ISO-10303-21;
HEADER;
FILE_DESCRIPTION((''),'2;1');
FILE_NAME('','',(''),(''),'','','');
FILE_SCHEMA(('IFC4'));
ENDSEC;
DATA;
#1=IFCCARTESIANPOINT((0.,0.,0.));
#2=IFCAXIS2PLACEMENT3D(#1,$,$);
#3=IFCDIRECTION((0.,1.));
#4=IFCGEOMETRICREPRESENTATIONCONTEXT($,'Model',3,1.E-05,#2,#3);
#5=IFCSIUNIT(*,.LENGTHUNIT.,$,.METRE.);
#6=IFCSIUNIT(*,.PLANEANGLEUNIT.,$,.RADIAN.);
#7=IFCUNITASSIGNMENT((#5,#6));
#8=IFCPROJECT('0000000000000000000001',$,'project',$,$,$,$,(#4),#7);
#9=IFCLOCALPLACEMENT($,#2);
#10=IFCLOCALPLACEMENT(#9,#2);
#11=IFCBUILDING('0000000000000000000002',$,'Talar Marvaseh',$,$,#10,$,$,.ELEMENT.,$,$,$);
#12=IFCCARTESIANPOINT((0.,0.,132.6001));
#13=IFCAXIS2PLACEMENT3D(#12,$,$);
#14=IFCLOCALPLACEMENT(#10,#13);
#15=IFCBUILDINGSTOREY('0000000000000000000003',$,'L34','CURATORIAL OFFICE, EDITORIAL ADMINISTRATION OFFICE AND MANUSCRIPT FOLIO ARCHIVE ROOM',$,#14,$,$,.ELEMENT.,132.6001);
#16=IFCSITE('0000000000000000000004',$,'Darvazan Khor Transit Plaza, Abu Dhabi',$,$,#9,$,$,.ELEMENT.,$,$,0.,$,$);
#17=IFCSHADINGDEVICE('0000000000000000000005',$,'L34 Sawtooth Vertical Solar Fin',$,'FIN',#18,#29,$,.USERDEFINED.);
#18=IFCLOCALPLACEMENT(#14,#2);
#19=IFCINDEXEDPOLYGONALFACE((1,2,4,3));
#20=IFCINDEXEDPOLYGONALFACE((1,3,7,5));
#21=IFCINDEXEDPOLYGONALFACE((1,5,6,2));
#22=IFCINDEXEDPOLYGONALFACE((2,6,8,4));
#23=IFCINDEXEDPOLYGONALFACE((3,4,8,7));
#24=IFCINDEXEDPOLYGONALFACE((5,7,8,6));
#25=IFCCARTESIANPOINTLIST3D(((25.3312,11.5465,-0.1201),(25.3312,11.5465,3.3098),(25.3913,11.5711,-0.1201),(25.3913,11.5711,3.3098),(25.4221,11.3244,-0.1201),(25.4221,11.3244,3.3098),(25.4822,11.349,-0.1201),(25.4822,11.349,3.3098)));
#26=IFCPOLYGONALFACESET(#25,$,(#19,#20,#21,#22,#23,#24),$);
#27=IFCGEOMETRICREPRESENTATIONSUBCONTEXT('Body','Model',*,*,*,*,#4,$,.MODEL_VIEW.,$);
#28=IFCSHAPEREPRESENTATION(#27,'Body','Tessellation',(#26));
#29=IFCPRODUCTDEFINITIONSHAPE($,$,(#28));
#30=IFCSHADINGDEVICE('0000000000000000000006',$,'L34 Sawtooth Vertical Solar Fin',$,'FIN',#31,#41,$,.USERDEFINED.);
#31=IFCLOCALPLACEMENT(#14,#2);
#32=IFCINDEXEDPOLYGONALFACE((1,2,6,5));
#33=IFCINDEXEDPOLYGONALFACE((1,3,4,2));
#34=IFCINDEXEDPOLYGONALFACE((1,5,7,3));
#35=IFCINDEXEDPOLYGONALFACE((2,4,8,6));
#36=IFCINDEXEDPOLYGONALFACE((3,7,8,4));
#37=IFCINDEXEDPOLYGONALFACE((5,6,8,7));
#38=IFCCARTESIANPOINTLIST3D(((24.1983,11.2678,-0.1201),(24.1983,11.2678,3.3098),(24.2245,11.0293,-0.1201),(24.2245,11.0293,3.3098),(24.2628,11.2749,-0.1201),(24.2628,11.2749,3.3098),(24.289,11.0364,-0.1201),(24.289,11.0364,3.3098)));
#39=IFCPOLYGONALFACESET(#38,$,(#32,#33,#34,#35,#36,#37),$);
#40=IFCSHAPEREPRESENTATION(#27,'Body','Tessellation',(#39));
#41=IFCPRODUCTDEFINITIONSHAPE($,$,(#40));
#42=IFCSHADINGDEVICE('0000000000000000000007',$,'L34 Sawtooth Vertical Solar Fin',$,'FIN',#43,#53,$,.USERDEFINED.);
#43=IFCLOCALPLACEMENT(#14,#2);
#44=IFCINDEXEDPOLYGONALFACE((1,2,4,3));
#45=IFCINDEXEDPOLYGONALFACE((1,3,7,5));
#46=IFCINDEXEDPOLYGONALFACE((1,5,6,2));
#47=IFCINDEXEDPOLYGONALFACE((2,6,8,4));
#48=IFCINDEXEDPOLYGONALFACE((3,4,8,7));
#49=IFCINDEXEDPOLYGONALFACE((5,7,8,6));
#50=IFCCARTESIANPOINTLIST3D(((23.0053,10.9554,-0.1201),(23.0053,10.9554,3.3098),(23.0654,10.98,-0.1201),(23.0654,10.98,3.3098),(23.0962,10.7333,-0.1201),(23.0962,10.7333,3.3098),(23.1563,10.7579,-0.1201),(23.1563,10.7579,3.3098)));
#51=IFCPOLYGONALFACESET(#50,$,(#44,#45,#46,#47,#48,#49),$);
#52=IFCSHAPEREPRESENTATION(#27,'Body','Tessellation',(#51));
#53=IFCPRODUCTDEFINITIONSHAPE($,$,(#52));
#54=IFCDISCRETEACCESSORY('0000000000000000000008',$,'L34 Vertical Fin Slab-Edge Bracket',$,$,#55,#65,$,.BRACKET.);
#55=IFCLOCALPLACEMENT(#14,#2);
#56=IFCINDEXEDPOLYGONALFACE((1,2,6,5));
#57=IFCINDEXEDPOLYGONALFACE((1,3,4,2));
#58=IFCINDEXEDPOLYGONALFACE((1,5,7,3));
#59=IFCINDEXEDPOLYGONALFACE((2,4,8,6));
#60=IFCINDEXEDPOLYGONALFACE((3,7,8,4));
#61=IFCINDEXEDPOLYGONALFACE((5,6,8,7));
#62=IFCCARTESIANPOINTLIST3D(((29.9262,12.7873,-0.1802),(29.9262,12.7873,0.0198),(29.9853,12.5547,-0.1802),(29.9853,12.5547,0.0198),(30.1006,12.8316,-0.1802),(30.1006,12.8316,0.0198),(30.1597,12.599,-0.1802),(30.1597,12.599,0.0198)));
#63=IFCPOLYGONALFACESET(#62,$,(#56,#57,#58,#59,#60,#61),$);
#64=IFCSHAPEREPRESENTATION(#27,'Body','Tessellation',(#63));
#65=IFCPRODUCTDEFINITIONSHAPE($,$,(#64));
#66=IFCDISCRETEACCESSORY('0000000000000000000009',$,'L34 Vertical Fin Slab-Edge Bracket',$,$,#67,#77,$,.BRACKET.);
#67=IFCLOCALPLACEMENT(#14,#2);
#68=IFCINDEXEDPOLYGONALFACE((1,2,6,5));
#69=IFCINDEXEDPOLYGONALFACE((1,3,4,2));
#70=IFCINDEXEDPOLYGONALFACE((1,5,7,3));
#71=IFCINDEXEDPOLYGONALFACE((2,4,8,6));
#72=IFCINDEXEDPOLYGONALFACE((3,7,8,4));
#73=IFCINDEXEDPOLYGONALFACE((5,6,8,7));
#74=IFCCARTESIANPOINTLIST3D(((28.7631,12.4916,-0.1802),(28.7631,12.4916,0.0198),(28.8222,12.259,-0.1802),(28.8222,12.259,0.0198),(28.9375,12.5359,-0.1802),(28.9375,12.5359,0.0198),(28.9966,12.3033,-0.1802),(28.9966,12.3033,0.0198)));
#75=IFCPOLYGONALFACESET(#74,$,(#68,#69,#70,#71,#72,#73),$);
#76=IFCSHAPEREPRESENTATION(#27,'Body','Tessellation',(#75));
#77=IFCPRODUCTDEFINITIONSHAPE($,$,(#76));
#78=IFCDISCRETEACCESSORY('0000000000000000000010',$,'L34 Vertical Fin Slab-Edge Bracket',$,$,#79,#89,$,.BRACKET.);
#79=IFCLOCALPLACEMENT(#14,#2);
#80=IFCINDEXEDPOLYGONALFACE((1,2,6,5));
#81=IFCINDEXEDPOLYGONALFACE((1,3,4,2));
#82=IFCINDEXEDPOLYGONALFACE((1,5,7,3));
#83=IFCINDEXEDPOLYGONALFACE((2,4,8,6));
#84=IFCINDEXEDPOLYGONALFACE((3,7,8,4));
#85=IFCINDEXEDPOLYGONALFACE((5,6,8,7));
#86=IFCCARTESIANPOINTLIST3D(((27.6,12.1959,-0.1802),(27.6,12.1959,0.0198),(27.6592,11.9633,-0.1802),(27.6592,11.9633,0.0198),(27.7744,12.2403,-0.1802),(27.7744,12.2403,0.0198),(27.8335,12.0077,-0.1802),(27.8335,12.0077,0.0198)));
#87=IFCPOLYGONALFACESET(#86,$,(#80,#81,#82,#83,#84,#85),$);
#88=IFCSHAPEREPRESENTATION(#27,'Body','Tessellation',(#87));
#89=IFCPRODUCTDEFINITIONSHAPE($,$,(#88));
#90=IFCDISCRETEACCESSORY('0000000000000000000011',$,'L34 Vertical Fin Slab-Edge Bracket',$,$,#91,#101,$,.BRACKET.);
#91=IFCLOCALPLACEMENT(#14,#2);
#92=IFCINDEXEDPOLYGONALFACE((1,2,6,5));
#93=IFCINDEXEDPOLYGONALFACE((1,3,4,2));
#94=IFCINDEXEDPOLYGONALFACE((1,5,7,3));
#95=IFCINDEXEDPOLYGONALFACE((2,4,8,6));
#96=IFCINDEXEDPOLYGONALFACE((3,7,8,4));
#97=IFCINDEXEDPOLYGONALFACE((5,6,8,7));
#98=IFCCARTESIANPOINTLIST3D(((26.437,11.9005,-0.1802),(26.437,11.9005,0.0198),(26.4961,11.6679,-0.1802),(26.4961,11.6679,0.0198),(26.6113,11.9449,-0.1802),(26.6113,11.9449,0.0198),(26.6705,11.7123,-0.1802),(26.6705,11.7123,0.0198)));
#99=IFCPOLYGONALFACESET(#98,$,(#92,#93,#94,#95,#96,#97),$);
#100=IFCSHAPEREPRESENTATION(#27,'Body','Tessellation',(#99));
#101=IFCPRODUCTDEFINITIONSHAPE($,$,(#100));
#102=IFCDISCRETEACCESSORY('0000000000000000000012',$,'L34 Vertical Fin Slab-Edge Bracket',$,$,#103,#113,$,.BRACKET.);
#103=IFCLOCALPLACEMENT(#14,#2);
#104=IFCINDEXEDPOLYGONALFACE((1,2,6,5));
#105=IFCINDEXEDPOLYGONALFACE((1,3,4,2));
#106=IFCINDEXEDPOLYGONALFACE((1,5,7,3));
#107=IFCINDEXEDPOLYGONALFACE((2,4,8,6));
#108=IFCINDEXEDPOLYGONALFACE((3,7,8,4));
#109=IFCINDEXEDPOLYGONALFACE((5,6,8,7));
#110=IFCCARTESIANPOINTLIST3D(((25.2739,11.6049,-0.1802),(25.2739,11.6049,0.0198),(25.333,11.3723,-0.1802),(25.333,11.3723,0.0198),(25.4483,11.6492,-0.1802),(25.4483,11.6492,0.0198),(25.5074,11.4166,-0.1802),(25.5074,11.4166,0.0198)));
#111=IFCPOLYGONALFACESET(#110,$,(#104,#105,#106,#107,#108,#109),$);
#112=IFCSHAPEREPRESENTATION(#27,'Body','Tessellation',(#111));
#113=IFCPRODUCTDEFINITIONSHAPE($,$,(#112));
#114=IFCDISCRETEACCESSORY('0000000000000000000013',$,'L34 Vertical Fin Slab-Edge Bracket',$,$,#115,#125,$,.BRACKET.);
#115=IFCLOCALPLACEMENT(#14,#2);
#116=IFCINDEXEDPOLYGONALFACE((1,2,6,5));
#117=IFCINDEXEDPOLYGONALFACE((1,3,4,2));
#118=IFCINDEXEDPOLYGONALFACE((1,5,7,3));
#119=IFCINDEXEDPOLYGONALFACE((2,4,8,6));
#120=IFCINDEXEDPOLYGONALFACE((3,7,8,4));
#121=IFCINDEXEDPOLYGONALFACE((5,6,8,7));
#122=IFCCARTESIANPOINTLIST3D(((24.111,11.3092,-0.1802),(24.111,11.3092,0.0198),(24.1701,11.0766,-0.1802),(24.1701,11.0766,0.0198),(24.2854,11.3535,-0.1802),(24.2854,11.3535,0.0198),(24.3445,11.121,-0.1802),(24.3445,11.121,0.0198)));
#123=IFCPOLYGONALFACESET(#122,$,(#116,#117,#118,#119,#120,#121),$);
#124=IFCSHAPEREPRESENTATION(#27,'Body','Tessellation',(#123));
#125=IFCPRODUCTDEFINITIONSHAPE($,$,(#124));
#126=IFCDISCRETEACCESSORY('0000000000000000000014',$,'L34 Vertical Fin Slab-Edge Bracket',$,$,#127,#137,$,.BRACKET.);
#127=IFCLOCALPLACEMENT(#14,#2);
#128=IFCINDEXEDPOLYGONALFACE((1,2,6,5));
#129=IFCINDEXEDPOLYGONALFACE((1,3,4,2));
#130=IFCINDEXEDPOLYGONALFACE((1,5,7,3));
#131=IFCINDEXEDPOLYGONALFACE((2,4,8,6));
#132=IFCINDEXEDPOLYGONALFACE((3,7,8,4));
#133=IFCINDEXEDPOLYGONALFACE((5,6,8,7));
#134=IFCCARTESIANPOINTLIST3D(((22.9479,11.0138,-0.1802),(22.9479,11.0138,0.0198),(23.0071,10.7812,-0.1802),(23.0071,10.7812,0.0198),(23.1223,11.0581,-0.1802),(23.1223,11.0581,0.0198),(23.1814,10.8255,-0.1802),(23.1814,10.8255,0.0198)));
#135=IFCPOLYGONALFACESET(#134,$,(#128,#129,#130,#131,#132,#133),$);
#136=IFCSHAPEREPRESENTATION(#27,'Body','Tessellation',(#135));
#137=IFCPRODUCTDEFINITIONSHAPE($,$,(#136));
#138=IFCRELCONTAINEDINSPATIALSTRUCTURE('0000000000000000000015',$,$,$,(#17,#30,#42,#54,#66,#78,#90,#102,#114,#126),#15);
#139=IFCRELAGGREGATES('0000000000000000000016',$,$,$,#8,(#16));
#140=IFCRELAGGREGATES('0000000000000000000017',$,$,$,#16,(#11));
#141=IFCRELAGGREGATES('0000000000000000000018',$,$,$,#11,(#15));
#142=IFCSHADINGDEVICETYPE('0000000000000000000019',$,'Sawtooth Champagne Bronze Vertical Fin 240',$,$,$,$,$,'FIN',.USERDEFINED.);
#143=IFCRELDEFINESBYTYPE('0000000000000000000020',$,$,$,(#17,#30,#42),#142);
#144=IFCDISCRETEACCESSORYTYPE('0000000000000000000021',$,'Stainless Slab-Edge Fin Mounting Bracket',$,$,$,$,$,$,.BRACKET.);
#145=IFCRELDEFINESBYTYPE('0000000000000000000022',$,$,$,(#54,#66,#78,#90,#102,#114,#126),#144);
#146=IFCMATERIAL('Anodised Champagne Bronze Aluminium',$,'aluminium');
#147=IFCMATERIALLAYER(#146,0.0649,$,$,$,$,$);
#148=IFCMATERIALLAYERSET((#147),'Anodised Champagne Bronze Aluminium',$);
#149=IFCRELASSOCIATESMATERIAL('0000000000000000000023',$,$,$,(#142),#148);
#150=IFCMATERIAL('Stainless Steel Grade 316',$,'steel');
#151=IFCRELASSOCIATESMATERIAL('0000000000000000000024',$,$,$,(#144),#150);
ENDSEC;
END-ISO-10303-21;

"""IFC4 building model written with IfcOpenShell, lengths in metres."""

from ifc_helpers import new_model, si_unit, direction, frame, origin, origin_2d, place, context, subcontext, project, spatial, rectangle, extrude, source, transform, mapped, material, layer, layer_set, type_object, type_shapes, element, save


model = new_model("IFC4")

# Units and contexts
model_context = context("Model", 3, precision=1e-05, world=origin(), true_north=direction((0.0, 1.0)))
body_context = subcontext(model_context, "Body", "Model", "MODEL_VIEW")
ifc_project = project(units=[si_unit("LENGTHUNIT", "METRE"), si_unit("PLANEANGLEUNIT", "RADIAN")], contexts=[model_context])

# Site, building, storey
site_placement = place(None, origin())
site = spatial("IfcSite", under=ifc_project, at=site_placement, Name="Darvazan Khor Transit Plaza, Abu Dhabi", CompositionType="ELEMENT", RefElevation=0.0)
building_placement = place(site_placement, origin())
building = spatial("IfcBuilding", under=site, at=building_placement, Name="Talar Marvaseh", CompositionType="ELEMENT")
storey_placement = place(building_placement, frame((0.0, 0.0, 132.6001)))
storey = spatial("IfcBuildingStorey", under=building, at=storey_placement, Name="L34", Description="CURATORIAL OFFICE, EDITORIAL ADMINISTRATION OFFICE AND MANUSCRIPT FOLIO ARCHIVE ROOM", CompositionType="ELEMENT", Elevation=132.6001)

# Shading devices
ifc_material_1 = material(Name="Anodised Champagne Bronze Aluminium", Category="aluminium")
ifc_layer_1 = layer(ifc_material_1, 0.0649)
ifc_layer_set_1 = layer_set([ifc_layer_1], Name="Anodised Champagne Bronze Aluminium")
shading_device_type = type_object("IfcShadingDeviceType", Name="Sawtooth Champagne Bronze Vertical Fin 240", ElementType="FIN", PredefinedType="USERDEFINED", material=ifc_layer_set_1)
shared_shape_1 = source(origin(), body_context, "Body", "SweptSolid", [
    extrude(rectangle(XDim=0.24, YDim=0.0649, at=origin_2d()), origin(), (0.0, 0.0, 1.0), 3.4299),
])
type_shapes(shading_device_type, [shared_shape_1])
for number, where, z_axis, x_axis, name in (
    (1, (25.4067, 11.4478, -0.1201), (0.0, 0.0, 1.0), (0.37881, -0.925474, 0.0), "L34 Sawtooth Vertical Solar Fin"),
    (2, (24.2437, 11.1521, -0.1201), (0.0, 0.0, 1.0), (0.10904, -0.994037, 0.0), "L34 Sawtooth Vertical Solar Fin"),
    (3, (23.0808, 10.8567, -0.1201), (0.0, 0.0, 1.0), (0.37881, -0.925474, 0.0), "L34 Sawtooth Vertical Solar Fin"),
):
    element("IfcShadingDevice", number, at=place(storey_placement, frame(where, z_axis=z_axis, x_axis=x_axis)), inside=storey, type_object=shading_device_type, Name=name, ObjectType="FIN", PredefinedType="USERDEFINED", context=body_context, shape_type="MappedRepresentation", body=[
        mapped(shared_shape_1, transform((0.0, 0.0, 0.0), x_axis=(1.0, 0.0, 0.0), y_axis=(0.0, 1.0, 0.0), z_axis=(0.0, 0.0, 1.0), scale=1.0)),
    ])

# Discrete accessories
ifc_material_2 = material(Name="Stainless Steel Grade 316", Category="steel")
discrete_accessory_type = type_object("IfcDiscreteAccessoryType", Name="Stainless Slab-Edge Fin Mounting Bracket", PredefinedType="BRACKET", material=ifc_material_2)
shared_shape_2 = source(origin(), body_context, "Body", "SweptSolid", [
    extrude(rectangle(XDim=0.24, YDim=0.1799, at=origin_2d()), origin(), (0.0, 0.0, 1.0), 0.2),
])
type_shapes(discrete_accessory_type, [shared_shape_2])
for number, where, z_axis, x_axis, name in (
    (4, (30.043, 12.6931, -0.1802), (0.0, 0.0, 1.0), (0.246322, -0.969188, 0.0), "L34 Vertical Fin Slab-Edge Bracket"),
    (5, (28.8799, 12.3975, -0.1802), (0.0, 0.0, 1.0), (0.246322, -0.969188, 0.0), "L34 Vertical Fin Slab-Edge Bracket"),
    (6, (27.7168, 12.1018, -0.1802), (0.0, 0.0, 1.0), (0.246322, -0.969188, 0.0), "L34 Vertical Fin Slab-Edge Bracket"),
    (7, (26.5537, 11.8064, -0.1802), (0.0, 0.0, 1.0), (0.246322, -0.969188, 0.0), "L34 Vertical Fin Slab-Edge Bracket"),
    (8, (25.3906, 11.5107, -0.1802), (0.0, 0.0, 1.0), (0.246322, -0.969188, 0.0), "L34 Vertical Fin Slab-Edge Bracket"),
    (9, (24.2278, 11.2151, -0.1802), (0.0, 0.0, 1.0), (0.246322, -0.969188, 0.0), "L34 Vertical Fin Slab-Edge Bracket"),
    (10, (23.0647, 10.9197, -0.1802), (0.0, 0.0, 1.0), (0.246322, -0.969188, 0.0), "L34 Vertical Fin Slab-Edge Bracket"),
):
    element("IfcDiscreteAccessory", number, at=place(storey_placement, frame(where, z_axis=z_axis, x_axis=x_axis)), inside=storey, type_object=discrete_accessory_type, Name=name, PredefinedType="BRACKET", context=body_context, shape_type="MappedRepresentation", body=[
        mapped(shared_shape_2, transform((0.0, 0.0, 0.0), x_axis=(1.0, 0.0, 0.0), y_axis=(0.0, 1.0, 0.0), z_axis=(0.0, 0.0, 1.0), scale=1.0)),
    ])

save(model, "model.ifc")
